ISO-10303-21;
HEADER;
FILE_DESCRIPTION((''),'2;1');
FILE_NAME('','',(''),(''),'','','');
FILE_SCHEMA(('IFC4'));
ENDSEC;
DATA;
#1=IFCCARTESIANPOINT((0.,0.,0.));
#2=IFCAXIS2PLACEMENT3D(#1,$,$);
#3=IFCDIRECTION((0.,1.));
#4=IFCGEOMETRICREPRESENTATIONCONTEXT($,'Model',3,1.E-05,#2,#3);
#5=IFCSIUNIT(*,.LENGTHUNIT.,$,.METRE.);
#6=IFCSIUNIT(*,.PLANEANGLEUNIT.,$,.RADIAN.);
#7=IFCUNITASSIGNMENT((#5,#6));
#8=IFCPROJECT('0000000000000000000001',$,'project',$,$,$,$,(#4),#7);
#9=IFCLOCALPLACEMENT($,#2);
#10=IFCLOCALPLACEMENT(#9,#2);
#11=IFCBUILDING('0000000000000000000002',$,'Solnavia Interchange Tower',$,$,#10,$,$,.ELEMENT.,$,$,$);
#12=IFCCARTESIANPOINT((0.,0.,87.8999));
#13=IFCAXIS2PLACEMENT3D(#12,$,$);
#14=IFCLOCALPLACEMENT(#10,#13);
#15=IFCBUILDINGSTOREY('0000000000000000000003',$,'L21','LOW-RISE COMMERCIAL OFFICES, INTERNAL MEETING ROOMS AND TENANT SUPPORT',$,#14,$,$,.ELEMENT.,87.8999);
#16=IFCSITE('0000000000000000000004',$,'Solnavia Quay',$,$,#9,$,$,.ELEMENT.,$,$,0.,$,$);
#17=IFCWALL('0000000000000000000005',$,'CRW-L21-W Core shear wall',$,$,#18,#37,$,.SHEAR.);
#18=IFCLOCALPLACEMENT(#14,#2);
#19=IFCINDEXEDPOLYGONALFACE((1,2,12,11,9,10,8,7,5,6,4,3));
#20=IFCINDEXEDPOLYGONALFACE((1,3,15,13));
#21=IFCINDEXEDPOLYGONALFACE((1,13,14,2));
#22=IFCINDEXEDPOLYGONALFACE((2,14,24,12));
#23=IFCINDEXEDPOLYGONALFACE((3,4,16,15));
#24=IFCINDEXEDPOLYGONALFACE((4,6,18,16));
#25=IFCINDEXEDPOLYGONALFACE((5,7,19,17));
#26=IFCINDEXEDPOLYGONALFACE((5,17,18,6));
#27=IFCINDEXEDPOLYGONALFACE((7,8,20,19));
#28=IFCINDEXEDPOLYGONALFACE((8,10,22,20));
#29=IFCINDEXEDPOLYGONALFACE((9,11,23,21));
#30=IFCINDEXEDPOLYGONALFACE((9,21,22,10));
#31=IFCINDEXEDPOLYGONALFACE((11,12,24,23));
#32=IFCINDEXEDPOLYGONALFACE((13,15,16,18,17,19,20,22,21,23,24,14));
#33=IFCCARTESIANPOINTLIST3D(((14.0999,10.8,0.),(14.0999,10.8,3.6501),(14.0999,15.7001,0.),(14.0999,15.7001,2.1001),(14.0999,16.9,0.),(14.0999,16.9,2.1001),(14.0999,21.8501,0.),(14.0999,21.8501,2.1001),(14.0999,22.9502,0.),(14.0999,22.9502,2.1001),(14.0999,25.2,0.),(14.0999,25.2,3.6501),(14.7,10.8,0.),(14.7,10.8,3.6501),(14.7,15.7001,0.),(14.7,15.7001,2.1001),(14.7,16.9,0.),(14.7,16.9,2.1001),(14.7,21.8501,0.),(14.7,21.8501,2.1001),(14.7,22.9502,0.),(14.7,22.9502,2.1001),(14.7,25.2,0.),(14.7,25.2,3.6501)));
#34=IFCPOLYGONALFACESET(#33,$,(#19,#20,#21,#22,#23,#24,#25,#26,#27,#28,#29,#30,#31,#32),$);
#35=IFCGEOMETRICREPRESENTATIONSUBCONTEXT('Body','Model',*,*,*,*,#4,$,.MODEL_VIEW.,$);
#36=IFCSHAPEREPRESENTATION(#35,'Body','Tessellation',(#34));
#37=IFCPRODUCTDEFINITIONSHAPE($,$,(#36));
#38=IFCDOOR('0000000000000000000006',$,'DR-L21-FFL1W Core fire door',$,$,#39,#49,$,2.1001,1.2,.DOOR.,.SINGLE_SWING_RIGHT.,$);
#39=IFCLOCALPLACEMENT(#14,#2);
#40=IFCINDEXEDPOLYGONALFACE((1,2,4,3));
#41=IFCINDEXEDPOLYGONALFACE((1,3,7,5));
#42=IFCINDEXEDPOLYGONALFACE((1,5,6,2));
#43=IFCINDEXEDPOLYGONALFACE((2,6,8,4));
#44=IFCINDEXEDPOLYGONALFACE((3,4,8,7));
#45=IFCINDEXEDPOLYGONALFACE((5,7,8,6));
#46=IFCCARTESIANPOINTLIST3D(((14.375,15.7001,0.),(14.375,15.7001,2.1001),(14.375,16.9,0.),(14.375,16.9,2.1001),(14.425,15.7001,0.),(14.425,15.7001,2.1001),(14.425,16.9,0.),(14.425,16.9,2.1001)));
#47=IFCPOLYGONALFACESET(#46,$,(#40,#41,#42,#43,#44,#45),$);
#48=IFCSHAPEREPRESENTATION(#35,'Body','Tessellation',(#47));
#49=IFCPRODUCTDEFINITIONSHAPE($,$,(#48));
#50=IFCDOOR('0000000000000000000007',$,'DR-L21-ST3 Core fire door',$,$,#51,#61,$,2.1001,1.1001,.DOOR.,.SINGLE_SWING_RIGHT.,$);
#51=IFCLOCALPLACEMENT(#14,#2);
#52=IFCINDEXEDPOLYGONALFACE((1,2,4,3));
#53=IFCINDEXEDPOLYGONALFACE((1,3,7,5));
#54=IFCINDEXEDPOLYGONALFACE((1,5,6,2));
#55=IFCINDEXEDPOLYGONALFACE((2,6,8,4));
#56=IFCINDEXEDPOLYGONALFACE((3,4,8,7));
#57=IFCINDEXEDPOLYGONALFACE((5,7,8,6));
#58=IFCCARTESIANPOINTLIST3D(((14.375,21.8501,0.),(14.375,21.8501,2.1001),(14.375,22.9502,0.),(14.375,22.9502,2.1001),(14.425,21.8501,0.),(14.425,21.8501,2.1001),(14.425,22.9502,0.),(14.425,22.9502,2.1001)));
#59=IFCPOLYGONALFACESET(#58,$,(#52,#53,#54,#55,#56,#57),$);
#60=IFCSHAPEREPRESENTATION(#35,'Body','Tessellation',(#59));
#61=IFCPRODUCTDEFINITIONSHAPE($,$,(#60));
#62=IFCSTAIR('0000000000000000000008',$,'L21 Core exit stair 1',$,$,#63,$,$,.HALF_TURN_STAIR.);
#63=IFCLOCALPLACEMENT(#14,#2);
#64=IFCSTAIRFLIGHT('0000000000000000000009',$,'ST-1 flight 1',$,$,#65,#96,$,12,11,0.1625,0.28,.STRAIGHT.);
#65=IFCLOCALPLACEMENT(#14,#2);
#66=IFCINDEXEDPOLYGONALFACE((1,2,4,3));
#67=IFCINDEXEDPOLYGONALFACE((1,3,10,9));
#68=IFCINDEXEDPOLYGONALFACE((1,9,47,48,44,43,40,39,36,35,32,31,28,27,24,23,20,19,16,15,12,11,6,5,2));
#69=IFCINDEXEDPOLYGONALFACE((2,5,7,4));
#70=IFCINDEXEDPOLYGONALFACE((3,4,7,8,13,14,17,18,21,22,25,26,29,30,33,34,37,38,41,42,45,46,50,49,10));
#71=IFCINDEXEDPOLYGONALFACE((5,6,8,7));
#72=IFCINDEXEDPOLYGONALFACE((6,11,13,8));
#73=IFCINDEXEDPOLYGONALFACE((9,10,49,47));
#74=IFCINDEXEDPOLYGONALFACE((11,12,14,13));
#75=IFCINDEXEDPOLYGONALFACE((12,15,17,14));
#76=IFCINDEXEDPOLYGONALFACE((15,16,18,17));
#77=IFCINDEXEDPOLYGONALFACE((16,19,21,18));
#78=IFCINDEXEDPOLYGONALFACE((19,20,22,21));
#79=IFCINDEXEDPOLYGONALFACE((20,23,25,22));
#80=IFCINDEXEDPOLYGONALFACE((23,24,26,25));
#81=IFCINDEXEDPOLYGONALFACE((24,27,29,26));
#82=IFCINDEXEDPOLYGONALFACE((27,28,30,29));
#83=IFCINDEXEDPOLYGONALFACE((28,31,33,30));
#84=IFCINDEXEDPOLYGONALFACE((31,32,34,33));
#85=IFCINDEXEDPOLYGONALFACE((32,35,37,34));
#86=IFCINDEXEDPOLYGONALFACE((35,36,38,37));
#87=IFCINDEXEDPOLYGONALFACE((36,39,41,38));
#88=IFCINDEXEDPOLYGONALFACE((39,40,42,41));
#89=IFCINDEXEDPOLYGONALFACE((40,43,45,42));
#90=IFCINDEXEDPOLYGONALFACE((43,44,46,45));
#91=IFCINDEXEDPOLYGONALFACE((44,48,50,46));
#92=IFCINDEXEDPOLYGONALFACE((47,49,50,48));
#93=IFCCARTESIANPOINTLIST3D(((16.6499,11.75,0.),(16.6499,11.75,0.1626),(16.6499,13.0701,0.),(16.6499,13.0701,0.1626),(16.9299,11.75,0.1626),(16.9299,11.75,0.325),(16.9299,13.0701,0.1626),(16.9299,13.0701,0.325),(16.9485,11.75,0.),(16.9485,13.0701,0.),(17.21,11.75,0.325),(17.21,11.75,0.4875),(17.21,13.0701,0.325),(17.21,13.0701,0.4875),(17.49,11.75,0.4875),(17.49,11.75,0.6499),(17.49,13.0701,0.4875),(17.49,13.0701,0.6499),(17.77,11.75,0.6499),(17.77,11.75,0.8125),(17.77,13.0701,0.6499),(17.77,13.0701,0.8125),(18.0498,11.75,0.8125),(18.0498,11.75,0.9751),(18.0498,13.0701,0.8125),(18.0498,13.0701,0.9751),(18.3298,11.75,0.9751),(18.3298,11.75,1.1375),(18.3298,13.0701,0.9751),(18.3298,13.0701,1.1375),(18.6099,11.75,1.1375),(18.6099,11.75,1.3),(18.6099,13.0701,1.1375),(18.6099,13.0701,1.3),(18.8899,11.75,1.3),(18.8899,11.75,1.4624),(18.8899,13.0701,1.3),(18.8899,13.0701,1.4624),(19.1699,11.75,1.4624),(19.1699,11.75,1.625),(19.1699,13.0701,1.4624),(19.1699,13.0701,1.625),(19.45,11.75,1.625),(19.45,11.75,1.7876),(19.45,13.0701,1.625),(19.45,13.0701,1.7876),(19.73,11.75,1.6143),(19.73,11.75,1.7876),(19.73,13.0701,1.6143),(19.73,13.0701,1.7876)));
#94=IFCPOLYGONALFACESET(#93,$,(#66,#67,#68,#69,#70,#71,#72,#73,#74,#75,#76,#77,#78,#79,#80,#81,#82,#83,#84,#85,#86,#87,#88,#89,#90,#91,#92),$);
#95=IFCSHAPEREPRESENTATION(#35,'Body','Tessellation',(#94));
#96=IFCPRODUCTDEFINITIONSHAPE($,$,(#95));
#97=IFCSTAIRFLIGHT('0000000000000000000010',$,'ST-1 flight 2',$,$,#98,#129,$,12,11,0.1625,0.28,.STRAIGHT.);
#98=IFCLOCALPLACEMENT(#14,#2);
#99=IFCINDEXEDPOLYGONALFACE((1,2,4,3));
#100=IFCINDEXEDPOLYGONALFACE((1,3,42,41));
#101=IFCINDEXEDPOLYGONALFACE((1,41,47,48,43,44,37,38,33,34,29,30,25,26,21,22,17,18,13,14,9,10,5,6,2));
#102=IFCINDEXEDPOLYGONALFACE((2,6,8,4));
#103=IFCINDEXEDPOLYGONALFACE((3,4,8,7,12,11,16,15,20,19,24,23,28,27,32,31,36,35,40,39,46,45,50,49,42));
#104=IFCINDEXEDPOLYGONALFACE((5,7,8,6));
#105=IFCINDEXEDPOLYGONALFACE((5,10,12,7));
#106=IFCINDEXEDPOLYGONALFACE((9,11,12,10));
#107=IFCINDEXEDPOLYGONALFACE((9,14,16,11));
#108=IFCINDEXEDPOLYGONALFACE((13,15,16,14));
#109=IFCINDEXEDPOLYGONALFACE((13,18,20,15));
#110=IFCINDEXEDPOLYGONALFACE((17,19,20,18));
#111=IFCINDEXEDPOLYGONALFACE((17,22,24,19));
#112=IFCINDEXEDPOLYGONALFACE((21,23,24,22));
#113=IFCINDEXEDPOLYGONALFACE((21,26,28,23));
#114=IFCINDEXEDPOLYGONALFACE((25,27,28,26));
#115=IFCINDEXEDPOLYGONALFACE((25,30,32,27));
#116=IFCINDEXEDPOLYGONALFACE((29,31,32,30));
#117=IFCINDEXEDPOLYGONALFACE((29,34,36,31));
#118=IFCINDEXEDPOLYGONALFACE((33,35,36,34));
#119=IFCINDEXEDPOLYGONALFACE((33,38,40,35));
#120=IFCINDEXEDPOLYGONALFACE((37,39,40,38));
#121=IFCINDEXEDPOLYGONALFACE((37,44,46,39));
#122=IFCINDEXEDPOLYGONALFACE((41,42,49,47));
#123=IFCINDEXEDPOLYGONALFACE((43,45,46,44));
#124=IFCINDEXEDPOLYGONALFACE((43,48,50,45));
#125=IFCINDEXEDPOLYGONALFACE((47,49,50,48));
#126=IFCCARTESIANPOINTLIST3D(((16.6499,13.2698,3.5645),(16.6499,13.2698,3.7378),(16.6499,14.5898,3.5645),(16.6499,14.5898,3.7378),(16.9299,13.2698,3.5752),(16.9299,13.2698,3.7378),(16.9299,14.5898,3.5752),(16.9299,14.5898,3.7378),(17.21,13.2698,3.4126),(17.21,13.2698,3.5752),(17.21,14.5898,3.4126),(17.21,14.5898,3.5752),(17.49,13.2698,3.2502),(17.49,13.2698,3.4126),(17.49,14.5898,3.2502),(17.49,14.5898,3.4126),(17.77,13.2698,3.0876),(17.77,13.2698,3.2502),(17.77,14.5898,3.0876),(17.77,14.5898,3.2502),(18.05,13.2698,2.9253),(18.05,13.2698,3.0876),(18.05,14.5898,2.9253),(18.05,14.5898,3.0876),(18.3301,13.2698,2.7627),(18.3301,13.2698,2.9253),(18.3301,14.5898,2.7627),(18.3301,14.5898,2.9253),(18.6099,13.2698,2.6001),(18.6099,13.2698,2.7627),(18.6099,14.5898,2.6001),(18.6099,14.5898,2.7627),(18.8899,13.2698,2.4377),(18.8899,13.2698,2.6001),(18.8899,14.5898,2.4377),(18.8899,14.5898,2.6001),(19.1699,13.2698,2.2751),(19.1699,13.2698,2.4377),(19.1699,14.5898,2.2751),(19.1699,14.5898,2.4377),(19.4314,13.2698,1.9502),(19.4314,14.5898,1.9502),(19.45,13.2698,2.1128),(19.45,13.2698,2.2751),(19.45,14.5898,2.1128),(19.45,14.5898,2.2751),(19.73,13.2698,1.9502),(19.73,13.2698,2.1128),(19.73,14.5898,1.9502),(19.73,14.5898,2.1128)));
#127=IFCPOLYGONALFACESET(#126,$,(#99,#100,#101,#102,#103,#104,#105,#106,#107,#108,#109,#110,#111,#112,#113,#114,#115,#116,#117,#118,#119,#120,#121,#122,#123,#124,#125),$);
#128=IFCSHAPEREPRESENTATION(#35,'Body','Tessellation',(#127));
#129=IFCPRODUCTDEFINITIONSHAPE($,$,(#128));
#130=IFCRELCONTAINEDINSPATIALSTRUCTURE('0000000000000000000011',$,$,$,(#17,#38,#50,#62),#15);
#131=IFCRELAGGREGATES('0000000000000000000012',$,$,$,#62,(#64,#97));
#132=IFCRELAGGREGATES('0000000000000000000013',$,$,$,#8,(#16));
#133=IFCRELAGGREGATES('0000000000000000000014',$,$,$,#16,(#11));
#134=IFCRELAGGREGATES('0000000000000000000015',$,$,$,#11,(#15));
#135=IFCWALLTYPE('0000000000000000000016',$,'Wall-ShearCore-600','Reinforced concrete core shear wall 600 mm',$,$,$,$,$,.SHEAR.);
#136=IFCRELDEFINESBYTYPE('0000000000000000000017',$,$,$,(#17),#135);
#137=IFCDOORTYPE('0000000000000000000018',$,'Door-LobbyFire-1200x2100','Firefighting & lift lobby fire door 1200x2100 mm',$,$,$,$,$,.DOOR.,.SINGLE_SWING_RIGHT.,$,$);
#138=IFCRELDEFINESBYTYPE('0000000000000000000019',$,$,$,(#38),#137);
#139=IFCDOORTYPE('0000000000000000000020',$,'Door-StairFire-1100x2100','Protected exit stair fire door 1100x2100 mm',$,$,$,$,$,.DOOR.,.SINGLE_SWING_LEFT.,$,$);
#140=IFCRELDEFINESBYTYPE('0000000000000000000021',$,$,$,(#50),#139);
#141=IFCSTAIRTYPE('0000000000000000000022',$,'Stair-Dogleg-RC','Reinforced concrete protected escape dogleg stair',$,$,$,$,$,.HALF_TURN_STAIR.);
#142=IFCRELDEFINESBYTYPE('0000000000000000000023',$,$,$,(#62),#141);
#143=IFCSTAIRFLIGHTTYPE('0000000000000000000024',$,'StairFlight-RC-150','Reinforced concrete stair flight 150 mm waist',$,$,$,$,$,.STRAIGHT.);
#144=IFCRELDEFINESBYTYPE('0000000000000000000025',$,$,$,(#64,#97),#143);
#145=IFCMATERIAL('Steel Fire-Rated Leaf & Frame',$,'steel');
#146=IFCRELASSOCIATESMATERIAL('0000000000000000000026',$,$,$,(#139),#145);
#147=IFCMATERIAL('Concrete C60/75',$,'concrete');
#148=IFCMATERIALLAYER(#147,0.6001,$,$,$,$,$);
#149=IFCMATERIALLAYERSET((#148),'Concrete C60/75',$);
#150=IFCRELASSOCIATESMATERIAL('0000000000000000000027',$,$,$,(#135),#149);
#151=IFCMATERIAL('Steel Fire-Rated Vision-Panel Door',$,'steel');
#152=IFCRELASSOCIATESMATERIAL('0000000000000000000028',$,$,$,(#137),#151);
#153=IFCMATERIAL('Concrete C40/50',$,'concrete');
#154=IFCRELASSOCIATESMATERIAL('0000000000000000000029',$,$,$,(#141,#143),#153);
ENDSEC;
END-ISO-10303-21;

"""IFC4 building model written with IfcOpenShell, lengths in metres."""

from ifc_helpers import new_model, si_unit, direction, frame, frame_2d, origin, place, context, subcontext, project, spatial, polyline, rectangle, outline, extrude, material, layer, layer_set, type_object, element, fill, aggregate, save


model = new_model("IFC4")

# Units and contexts
model_context = context("Model", 3, precision=1e-05, world=origin(), true_north=direction((0.0, 1.0)))
body_context = subcontext(model_context, "Body", "Model", "MODEL_VIEW")
ifc_project = project(units=[si_unit("LENGTHUNIT", "METRE"), si_unit("PLANEANGLEUNIT", "RADIAN")], contexts=[model_context])

# Site, building, storey
site_placement = place(None, origin())
site = spatial("IfcSite", under=ifc_project, at=site_placement, Name="Solnavia Quay", CompositionType="ELEMENT", RefElevation=0.0)
building_placement = place(site_placement, origin())
building = spatial("IfcBuilding", under=site, at=building_placement, Name="Solnavia Interchange Tower", CompositionType="ELEMENT")
storey_placement = place(building_placement, frame((0.0, 0.0, 87.8999)))
storey = spatial("IfcBuildingStorey", under=building, at=storey_placement, Name="L21", Description="LOW-RISE COMMERCIAL OFFICES, INTERNAL MEETING ROOMS AND TENANT SUPPORT", CompositionType="ELEMENT", Elevation=87.8999)

# Shared definitions
ifc_material_1 = material(Name="Concrete C40/50", Category="concrete")

# Shared definitions
ifc_material_2 = material(Name="Steel Fire-Rated Leaf & Frame", Category="steel")
door_type_1 = type_object("IfcDoorType", Name="Door-StairFire-1100x2100", Description="Protected exit stair fire door 1100x2100 mm", OperationType="SINGLE_SWING_LEFT", PredefinedType="DOOR", material=ifc_material_2)

# Shared definitions
ifc_material_3 = material(Name="Concrete C60/75", Category="concrete")
ifc_layer_1 = layer(ifc_material_3, 0.6001)
ifc_layer_set_1 = layer_set([ifc_layer_1], Name="Concrete C60/75")
wall_type_1 = type_object("IfcWallType", Name="Wall-ShearCore-600", Description="Reinforced concrete core shear wall 600 mm", PredefinedType="SHEAR", material=ifc_layer_set_1)

# Wall, openings, doors
wall_1_placement = place(storey_placement, frame((14.3999, 10.8, 0.0), z_axis=(0.0, 0.0, 1.0), x_axis=(0.0, 1.0, 0.0)))
wall_1 = element("IfcWall", 1, at=wall_1_placement, inside=storey, type_object=wall_type_1, Name="CRW-L21-W Core shear wall", PredefinedType="SHEAR", context=body_context, shape_type="SweptSolid", body=[
    extrude(rectangle(XDim=14.3999, YDim=0.6001, at=frame_2d((7.2, 0.0))), origin(), (0.0, 0.0, 1.0), 3.6501),
])
opening_1_placement = place(wall_1_placement, frame((11.05, 0.0, 0.0)))
opening_1 = element("IfcOpeningElement", 2, at=opening_1_placement, cuts=wall_1, PredefinedType="OPENING", context=body_context, shape_type="SweptSolid", body=[
    extrude(rectangle(XDim=1.1001, YDim=2.1001, at=frame_2d((0.55, 1.05))), frame((0.0, 0.3101, 0.0), z_axis=(0.0, -1.0, 0.0), x_axis=(1.0, 0.0, 0.0)), (0.0, 0.0, 1.0), 0.6201),
])
opening_2_placement = place(wall_1_placement, frame((4.8999, 0.0, 0.0)))
opening_2 = element("IfcOpeningElement", 3, at=opening_2_placement, cuts=wall_1, PredefinedType="OPENING", context=body_context, shape_type="SweptSolid", body=[
    extrude(rectangle(XDim=1.2, YDim=2.1001, at=frame_2d((0.6001, 1.05))), frame((0.0, 0.3101, 0.0), z_axis=(0.0, -1.0, 0.0), x_axis=(1.0, 0.0, 0.0)), (0.0, 0.0, 1.0), 0.6201),
])
ifc_material_4 = material(Name="Steel Fire-Rated Vision-Panel Door", Category="steel")
door_type_2 = type_object("IfcDoorType", Name="Door-LobbyFire-1200x2100", Description="Firefighting & lift lobby fire door 1200x2100 mm", OperationType="SINGLE_SWING_RIGHT", PredefinedType="DOOR", material=ifc_material_4)
door_1_placement = place(opening_2_placement, origin())
door_1 = element("IfcDoor", 4, at=door_1_placement, inside=storey, type_object=door_type_2, Name="DR-L21-FFL1W Core fire door", OperationType="SINGLE_SWING_RIGHT", OverallHeight=2.1001, OverallWidth=1.2, PredefinedType="DOOR", context=body_context, shape_type="SweptSolid", body=[
    extrude(rectangle(XDim=1.2, YDim=2.1001, at=frame_2d((0.6001, 1.05))), frame((0.0, 0.0249, 0.0), z_axis=(0.0, -1.0, 0.0), x_axis=(1.0, 0.0, 0.0)), (0.0, 0.0, 1.0), 0.05),
])
fill(opening_2, door_1)
door_2_placement = place(opening_1_placement, origin())
door_2 = element("IfcDoor", 5, at=door_2_placement, inside=storey, type_object=door_type_1, Name="DR-L21-ST3 Core fire door", OperationType="SINGLE_SWING_RIGHT", OverallHeight=2.1001, OverallWidth=1.1001, PredefinedType="DOOR", context=body_context, shape_type="SweptSolid", body=[
    extrude(rectangle(XDim=1.1001, YDim=2.1001, at=frame_2d((0.55, 1.05))), frame((0.0, 0.0249, 0.0), z_axis=(0.0, -1.0, 0.0), x_axis=(1.0, 0.0, 0.0)), (0.0, 0.0, 1.0), 0.05),
])
fill(opening_1, door_2)

# Stair, stair flights
stair_type = type_object("IfcStairType", Name="Stair-Dogleg-RC", Description="Reinforced concrete protected escape dogleg stair", PredefinedType="HALF_TURN_STAIR", material=ifc_material_1)
stair_placement = place(storey_placement, origin())
stair = element("IfcStair", 6, at=stair_placement, inside=storey, type_object=stair_type, Name="L21 Core exit stair 1", PredefinedType="HALF_TURN_STAIR")
stair_flight_type = type_object("IfcStairFlightType", Name="StairFlight-RC-150", Description="Reinforced concrete stair flight 150 mm waist", PredefinedType="STRAIGHT", material=ifc_material_1)
stair_flight_1_placement = place(storey_placement, frame((16.6499, 12.4099, 0.0), z_axis=(0.0, 0.0, 1.0), x_axis=(1.0, 0.0, 0.0)))
stair_flight_1 = element("IfcStairFlight", 7, at=stair_flight_1_placement, type_object=stair_flight_type, Name="ST-1 flight 1", NumberOfRisers=12, NumberOfTreads=11, PredefinedType="STRAIGHT", RiserHeight=0.1625, TreadLength=0.28, context=body_context, shape_type="SweptSolid", body=[
    extrude(outline(polyline([(0.0, 0.0), (0.0, 0.1626), (0.28, 0.1626), (0.28, 0.325), (0.5601, 0.325), (0.5601, 0.4875), (0.8401, 0.4875), (0.8401, 0.6499), (1.1201, 0.6499), (1.1201, 0.8125), (1.3999, 0.8125), (1.3999, 0.9751), (1.6799, 0.9751), (1.6799, 1.1375), (1.96, 1.1375), (1.96, 1.3), (2.24, 1.3), (2.24, 1.4624), (2.52, 1.4624), (2.52, 1.625), (2.8, 1.625), (2.8, 1.7876), (3.0801, 1.7876), (3.0801, 1.95), (3.0801, 1.6143), (0.2986, 0.0), (0.0, 0.0)])), frame((0.0, 0.6602, 0.0), z_axis=(0.0, -1.0, 0.0), x_axis=(1.0, 0.0, 0.0)), (0.0, 0.0, 1.0), 1.3201),
])
stair_flight_2_placement = place(storey_placement, frame((19.73, 13.9299, 1.9502), z_axis=(0.0, 0.0, 1.0), x_axis=(-1.0, 0.0, 0.0)))
stair_flight_2 = element("IfcStairFlight", 8, at=stair_flight_2_placement, type_object=stair_flight_type, Name="ST-1 flight 2", NumberOfRisers=12, NumberOfTreads=11, PredefinedType="STRAIGHT", RiserHeight=0.1625, TreadLength=0.28, context=body_context, shape_type="SweptSolid", body=[
    extrude(outline(polyline([(0.0, 0.0), (0.0, 0.1626), (0.28, 0.1626), (0.28, 0.325), (0.5601, 0.325), (0.5601, 0.4875), (0.8401, 0.4875), (0.8401, 0.6499), (1.1201, 0.6499), (1.1201, 0.8125), (1.3999, 0.8125), (1.3999, 0.9751), (1.6799, 0.9751), (1.6799, 1.1375), (1.96, 1.1375), (1.96, 1.3), (2.24, 1.3), (2.24, 1.4624), (2.52, 1.4624), (2.52, 1.625), (2.8, 1.625), (2.8, 1.7876), (3.0801, 1.7876), (3.0801, 1.95), (3.0801, 1.6143), (0.2986, 0.0), (0.0, 0.0)])), frame((0.0, 0.6602, 0.0), z_axis=(0.0, -1.0, 0.0), x_axis=(1.0, 0.0, 0.0)), (0.0, 0.0, 1.0), 1.3201),
])
aggregate(stair, [stair_flight_1, stair_flight_2])

save(model, "model.ifc")
